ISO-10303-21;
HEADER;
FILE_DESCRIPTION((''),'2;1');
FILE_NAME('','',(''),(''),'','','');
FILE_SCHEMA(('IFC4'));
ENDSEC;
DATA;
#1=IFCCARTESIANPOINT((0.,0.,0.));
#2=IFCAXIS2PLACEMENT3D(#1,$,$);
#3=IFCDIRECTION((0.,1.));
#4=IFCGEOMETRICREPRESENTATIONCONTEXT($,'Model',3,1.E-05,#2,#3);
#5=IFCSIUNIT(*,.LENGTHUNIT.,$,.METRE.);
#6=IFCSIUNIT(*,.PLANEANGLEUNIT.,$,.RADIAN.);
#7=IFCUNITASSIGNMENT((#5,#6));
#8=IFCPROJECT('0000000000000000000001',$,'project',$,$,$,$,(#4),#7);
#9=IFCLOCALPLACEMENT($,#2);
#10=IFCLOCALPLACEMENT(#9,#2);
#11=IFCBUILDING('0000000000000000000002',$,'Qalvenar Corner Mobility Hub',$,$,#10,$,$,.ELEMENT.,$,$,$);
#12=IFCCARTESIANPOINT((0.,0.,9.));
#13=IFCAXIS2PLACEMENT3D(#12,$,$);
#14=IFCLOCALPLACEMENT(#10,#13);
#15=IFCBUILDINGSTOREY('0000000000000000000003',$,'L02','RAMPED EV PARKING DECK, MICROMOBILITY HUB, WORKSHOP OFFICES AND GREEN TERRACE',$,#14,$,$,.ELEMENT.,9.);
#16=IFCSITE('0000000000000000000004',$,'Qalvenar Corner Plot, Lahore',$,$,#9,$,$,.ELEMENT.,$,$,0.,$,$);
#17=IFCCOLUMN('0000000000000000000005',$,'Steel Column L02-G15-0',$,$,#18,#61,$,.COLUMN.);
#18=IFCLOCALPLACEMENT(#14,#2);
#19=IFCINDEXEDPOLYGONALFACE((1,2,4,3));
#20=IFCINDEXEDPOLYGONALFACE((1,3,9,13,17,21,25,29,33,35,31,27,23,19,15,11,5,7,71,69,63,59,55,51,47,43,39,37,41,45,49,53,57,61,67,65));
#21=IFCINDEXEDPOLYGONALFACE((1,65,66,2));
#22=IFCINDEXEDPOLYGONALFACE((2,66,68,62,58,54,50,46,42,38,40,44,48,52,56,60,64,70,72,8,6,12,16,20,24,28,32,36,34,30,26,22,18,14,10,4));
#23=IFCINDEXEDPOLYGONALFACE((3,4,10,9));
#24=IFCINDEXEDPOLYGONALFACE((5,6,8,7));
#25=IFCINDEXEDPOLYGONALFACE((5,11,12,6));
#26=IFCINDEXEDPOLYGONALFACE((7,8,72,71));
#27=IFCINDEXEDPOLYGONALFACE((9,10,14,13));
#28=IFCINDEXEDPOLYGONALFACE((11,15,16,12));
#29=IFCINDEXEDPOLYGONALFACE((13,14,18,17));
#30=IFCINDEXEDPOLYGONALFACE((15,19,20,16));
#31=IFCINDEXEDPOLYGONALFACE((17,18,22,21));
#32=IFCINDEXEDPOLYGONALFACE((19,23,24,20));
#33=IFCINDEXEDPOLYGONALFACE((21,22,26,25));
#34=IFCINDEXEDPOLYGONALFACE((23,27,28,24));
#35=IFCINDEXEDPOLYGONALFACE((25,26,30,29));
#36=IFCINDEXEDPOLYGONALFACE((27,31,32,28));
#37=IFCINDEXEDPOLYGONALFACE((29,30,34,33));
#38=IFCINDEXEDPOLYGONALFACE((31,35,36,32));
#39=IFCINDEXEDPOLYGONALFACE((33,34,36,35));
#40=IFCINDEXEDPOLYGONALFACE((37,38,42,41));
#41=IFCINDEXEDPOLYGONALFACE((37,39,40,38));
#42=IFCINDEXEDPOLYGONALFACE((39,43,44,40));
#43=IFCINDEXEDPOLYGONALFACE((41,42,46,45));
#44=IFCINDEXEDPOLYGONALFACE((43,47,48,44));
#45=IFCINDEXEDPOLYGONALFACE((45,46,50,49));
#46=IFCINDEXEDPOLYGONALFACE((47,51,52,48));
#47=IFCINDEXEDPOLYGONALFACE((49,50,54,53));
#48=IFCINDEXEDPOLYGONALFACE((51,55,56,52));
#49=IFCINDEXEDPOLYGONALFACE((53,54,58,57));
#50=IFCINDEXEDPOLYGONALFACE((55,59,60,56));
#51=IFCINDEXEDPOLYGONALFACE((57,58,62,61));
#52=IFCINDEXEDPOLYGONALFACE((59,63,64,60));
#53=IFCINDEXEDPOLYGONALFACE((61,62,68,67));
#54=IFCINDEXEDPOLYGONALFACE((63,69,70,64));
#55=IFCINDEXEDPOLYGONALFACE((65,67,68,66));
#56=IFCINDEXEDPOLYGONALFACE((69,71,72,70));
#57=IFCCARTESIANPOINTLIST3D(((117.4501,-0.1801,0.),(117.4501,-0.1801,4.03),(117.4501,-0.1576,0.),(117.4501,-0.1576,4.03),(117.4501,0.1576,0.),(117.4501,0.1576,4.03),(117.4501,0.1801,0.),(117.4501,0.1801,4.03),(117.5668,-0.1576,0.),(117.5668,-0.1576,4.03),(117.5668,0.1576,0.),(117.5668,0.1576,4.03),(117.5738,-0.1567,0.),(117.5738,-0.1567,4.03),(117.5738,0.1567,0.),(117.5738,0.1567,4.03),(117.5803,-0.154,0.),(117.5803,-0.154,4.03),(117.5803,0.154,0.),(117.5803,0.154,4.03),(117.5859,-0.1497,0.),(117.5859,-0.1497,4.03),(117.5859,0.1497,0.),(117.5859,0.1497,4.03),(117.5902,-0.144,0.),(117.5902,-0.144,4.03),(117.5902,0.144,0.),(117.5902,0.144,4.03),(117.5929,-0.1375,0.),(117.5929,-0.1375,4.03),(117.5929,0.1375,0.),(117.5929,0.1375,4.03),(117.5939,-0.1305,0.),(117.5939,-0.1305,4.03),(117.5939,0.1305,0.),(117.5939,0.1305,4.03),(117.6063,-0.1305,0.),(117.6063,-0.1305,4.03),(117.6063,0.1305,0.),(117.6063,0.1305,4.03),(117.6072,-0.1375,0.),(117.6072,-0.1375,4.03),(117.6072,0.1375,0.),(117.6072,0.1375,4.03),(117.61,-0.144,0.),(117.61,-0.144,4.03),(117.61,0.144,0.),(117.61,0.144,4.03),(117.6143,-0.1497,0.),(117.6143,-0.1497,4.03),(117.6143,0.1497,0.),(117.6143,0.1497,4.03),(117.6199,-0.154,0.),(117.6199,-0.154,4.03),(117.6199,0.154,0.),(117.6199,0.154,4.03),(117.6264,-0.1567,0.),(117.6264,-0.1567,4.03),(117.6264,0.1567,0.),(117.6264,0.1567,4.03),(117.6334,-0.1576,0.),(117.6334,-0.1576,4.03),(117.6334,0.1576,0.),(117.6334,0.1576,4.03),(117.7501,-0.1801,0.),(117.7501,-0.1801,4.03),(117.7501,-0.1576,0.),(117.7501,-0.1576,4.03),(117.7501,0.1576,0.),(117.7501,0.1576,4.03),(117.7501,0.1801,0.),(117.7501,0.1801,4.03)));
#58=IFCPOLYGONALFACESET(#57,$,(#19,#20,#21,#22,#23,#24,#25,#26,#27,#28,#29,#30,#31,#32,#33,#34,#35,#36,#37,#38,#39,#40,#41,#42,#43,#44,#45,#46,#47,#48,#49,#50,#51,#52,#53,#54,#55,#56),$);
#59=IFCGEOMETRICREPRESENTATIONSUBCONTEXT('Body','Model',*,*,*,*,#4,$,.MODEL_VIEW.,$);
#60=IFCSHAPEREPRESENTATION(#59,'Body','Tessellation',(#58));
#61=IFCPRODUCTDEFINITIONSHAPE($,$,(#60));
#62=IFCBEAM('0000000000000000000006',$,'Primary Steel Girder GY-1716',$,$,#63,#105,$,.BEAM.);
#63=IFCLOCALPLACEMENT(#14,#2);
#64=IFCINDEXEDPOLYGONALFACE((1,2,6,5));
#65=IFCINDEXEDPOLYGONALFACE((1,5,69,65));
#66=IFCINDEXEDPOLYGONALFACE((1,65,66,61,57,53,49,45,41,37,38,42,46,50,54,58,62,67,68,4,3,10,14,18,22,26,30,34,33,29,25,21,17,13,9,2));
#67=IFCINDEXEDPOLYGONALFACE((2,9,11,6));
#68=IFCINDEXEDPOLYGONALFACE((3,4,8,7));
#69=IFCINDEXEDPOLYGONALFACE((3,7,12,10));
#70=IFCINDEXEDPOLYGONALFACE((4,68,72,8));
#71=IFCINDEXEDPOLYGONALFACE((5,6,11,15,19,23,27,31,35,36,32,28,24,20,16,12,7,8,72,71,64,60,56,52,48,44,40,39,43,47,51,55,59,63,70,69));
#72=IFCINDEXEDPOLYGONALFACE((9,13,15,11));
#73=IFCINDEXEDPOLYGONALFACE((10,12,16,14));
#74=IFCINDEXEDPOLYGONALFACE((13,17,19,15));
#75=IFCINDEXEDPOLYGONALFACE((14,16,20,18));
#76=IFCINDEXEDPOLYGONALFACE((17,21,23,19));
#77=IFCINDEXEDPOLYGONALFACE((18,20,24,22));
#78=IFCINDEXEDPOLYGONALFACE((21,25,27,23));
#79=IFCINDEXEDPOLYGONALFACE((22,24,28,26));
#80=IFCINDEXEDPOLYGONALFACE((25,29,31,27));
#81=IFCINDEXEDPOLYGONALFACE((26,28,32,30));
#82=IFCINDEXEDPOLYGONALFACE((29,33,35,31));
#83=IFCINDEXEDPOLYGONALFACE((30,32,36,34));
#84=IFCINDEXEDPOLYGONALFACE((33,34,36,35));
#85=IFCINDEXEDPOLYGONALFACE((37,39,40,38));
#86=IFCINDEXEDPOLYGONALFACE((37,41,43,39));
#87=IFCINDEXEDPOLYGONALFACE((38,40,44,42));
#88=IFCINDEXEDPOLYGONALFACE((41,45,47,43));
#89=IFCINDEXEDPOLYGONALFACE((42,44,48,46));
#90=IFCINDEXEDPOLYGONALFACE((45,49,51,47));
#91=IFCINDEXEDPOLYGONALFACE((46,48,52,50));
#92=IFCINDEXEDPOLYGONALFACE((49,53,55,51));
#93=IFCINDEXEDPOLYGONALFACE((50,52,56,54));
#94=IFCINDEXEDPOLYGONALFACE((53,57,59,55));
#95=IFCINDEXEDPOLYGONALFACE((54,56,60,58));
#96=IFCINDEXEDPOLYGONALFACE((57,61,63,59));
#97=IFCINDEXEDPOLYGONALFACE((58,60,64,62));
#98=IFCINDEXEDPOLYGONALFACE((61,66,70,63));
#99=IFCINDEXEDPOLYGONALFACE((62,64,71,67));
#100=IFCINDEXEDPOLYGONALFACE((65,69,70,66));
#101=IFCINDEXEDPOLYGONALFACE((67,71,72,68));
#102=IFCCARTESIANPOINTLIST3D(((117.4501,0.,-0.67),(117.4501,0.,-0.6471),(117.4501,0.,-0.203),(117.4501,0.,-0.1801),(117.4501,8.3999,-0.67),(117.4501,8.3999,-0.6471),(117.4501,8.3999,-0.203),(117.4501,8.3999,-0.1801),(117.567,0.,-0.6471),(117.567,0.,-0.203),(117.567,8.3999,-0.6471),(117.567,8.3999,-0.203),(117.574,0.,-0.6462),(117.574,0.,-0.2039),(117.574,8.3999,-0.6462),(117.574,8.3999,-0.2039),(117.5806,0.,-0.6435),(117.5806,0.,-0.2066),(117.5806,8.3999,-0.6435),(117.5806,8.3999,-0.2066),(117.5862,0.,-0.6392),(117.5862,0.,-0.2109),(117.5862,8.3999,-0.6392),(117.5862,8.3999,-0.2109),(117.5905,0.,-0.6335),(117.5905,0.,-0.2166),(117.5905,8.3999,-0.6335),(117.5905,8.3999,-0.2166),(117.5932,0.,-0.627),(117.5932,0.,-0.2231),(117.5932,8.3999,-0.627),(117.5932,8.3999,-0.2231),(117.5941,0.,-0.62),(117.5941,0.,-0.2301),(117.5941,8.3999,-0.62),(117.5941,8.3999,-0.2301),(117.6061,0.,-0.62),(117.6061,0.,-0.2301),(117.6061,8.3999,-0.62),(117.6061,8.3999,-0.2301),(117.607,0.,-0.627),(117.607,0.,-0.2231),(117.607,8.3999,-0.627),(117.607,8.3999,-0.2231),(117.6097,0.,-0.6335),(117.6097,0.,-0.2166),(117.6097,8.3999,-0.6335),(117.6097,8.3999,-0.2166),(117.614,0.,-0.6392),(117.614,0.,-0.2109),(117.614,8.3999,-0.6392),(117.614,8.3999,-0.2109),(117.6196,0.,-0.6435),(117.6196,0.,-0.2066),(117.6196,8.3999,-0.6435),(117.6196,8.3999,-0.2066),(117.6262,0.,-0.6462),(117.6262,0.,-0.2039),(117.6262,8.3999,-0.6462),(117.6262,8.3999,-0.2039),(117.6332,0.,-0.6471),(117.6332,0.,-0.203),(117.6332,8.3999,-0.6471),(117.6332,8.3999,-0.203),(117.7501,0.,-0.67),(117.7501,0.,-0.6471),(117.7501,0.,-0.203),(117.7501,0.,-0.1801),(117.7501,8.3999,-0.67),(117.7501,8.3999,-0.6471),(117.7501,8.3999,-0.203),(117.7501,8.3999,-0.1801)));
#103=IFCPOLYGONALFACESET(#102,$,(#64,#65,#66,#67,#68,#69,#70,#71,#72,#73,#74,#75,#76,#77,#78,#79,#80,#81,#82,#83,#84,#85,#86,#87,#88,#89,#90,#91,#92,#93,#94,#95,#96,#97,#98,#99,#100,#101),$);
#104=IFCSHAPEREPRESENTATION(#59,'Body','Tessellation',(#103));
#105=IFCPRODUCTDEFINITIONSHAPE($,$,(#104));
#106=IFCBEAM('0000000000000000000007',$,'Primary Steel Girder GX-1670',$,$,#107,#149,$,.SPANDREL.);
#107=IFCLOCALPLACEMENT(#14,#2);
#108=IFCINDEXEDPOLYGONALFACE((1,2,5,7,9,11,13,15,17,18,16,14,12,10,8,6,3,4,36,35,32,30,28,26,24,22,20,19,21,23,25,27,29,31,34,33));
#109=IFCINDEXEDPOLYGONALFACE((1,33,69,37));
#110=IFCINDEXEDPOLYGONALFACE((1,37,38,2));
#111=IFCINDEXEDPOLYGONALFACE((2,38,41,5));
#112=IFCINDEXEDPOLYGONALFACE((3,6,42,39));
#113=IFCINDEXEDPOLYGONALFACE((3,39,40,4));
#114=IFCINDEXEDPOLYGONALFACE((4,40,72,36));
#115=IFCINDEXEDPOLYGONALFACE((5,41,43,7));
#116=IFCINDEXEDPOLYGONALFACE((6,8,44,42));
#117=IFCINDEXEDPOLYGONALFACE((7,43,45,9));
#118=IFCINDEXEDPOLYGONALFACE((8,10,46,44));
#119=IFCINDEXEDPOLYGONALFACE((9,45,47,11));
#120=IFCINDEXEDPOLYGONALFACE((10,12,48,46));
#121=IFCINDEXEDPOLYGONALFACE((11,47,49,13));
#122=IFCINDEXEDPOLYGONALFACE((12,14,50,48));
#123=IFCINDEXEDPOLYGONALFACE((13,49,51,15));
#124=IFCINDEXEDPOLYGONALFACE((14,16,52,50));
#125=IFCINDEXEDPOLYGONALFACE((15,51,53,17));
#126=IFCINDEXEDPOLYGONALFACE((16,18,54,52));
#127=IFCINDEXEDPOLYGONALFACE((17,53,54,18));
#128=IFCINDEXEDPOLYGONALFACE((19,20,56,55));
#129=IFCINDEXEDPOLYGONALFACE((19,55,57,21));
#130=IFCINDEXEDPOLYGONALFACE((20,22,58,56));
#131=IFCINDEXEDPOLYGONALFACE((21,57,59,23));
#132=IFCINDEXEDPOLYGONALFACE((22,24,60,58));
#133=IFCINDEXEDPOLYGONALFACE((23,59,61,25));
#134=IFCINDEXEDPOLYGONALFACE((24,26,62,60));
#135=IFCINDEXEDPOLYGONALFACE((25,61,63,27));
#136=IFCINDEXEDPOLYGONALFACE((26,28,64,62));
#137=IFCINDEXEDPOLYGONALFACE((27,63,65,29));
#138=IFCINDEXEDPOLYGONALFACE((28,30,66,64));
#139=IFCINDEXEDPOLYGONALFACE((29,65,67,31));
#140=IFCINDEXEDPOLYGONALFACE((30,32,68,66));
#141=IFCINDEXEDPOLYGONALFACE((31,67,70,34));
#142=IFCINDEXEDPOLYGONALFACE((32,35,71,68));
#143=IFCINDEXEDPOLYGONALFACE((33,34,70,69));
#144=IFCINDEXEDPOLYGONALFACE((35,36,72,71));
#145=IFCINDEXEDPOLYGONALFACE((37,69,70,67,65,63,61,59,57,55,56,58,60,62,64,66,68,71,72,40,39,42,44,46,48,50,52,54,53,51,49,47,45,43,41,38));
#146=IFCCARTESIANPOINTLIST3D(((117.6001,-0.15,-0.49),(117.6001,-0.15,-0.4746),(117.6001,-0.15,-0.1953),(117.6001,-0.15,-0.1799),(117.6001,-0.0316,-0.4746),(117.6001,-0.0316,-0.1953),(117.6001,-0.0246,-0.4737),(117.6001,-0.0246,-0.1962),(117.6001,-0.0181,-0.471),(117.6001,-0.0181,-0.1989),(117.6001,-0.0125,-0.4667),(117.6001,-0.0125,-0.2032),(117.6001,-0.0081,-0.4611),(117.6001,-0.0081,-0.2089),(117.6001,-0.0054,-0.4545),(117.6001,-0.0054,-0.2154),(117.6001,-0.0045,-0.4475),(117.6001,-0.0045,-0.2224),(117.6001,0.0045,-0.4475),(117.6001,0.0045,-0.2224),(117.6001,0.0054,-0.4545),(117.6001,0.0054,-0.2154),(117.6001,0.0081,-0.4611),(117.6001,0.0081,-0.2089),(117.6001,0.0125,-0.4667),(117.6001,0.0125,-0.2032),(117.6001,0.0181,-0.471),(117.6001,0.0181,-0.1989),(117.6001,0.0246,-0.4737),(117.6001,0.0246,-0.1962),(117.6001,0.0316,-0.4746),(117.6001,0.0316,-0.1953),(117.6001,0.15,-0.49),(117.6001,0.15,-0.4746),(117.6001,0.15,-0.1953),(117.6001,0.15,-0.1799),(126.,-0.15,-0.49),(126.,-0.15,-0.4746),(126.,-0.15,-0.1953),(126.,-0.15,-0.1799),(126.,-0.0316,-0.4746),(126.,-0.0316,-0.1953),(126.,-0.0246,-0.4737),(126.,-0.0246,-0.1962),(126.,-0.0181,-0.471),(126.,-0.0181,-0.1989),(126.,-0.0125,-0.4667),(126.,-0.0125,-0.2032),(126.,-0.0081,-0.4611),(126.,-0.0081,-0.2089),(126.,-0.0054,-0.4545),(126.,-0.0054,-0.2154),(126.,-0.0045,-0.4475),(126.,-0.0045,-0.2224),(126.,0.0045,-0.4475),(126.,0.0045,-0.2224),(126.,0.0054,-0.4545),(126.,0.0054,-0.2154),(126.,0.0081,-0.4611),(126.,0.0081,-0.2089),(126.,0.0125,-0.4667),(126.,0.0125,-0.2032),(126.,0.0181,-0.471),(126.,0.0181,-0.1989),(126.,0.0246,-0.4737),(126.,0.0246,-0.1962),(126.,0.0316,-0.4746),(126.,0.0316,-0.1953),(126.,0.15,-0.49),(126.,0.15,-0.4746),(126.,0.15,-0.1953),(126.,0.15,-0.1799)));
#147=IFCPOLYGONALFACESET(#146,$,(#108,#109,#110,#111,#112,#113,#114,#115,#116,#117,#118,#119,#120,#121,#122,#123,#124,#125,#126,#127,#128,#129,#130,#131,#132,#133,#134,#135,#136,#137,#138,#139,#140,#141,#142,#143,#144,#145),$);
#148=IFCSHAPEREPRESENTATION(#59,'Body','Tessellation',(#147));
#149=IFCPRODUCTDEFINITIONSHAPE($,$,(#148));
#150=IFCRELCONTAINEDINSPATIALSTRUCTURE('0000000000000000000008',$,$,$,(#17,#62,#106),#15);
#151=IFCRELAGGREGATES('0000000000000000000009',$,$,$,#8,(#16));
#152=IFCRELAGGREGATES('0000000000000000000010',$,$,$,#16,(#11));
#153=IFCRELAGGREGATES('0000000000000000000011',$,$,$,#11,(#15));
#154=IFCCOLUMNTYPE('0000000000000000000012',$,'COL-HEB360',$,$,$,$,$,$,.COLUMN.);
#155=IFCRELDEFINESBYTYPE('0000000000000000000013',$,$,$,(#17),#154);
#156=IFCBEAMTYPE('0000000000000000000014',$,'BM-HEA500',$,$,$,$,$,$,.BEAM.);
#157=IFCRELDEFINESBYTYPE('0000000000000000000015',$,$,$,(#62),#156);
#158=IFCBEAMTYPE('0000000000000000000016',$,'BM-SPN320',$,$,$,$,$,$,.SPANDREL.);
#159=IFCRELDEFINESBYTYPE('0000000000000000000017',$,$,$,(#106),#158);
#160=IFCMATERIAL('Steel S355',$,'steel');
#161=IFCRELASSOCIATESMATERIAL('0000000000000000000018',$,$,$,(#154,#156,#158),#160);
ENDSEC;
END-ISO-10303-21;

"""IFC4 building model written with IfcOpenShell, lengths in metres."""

from ifc_helpers import new_model, si_unit, direction, frame, origin, origin_2d, place, context, subcontext, project, spatial, i_section, extrude, material, material_profile, profile_set, type_object, element, save


model = new_model("IFC4")

# Units and contexts
model_context = context("Model", 3, precision=1e-05, world=origin(), true_north=direction((0.0, 1.0)))
body_context = subcontext(model_context, "Body", "Model", "MODEL_VIEW")
ifc_project = project(units=[si_unit("LENGTHUNIT", "METRE"), si_unit("PLANEANGLEUNIT", "RADIAN")], contexts=[model_context])

# Site, building, storey
site_placement = place(None, origin())
site = spatial("IfcSite", under=ifc_project, at=site_placement, Name="Qalvenar Corner Plot, Lahore", CompositionType="ELEMENT", RefElevation=0.0)
building_placement = place(site_placement, origin())
building = spatial("IfcBuilding", under=site, at=building_placement, Name="Qalvenar Corner Mobility Hub", CompositionType="ELEMENT")
storey_placement = place(building_placement, frame((0.0, 0.0, 9.0)))
storey = spatial("IfcBuildingStorey", under=building, at=storey_placement, Name="L02", Description="RAMPED EV PARKING DECK, MICROMOBILITY HUB, WORKSHOP OFFICES AND GREEN TERRACE", CompositionType="ELEMENT", Elevation=9.0)

# Column
ifc_material_1 = material(Name="Steel S355", Category="steel")
ifc_material_profile_1 = material_profile(ifc_material_1, i_section(OverallWidth=0.3, OverallDepth=0.3601, WebThickness=0.0125, FlangeThickness=0.0225, FilletRadius=0.0271, at=origin_2d()), Name="HEB360")
ifc_profile_set_1 = profile_set([ifc_material_profile_1], Name="Steel S355")
column_type = type_object("IfcColumnType", Name="COL-HEB360", PredefinedType="COLUMN", material=ifc_profile_set_1)
column_placement = place(storey_placement, frame((117.6001, 0.0, 0.0), z_axis=(0.0, 0.0, 1.0), x_axis=(1.0, 0.0, 0.0)))
element("IfcColumn", 1, at=column_placement, inside=storey, type_object=column_type, Name="Steel Column L02-G15-0", PredefinedType="COLUMN", context=body_context, shape_type="SweptSolid", body=[
    extrude(i_section(OverallWidth=0.3, OverallDepth=0.3601, WebThickness=0.0125, FlangeThickness=0.0225, FilletRadius=0.0271, at=origin_2d()), origin(), (0.0, 0.0, 1.0), 4.03),
])

# Beams
ifc_material_profile_2 = material_profile(ifc_material_1, i_section(OverallWidth=0.3, OverallDepth=0.49, WebThickness=0.012, FlangeThickness=0.0229, FilletRadius=0.0271, at=origin_2d()), Name="HEA500")
ifc_profile_set_2 = profile_set([ifc_material_profile_2], Name="Steel S355")
beam_type_1 = type_object("IfcBeamType", Name="BM-HEA500", PredefinedType="BEAM", material=ifc_profile_set_2)
beam_1_placement = place(storey_placement, frame((117.6001, 0.0, -0.425), z_axis=(0.0, 1.0, 0.0), x_axis=(-1.0, 0.0, 0.0)))
element("IfcBeam", 2, at=beam_1_placement, inside=storey, type_object=beam_type_1, Name="Primary Steel Girder GY-1716", PredefinedType="BEAM", context=body_context, shape_type="SweptSolid", body=[
    extrude(i_section(OverallWidth=0.3, OverallDepth=0.49, WebThickness=0.012, FlangeThickness=0.0229, FilletRadius=0.0271, at=origin_2d()), origin(), (0.0, 0.0, 1.0), 8.3999),
])
ifc_material_profile_3 = material_profile(ifc_material_1, i_section(OverallWidth=0.3, OverallDepth=0.3101, WebThickness=0.009, FlangeThickness=0.0154, FilletRadius=0.0271, at=origin_2d()), Name="HEA320")
ifc_profile_set_3 = profile_set([ifc_material_profile_3], Name="Steel S355")
beam_type_2 = type_object("IfcBeamType", Name="BM-SPN320", PredefinedType="SPANDREL", material=ifc_profile_set_3)
beam_2_placement = place(storey_placement, frame((117.6001, 0.0, -0.335), z_axis=(1.0, 0.0, 0.0), x_axis=(0.0, 1.0, 0.0)))
element("IfcBeam", 3, at=beam_2_placement, inside=storey, type_object=beam_type_2, Name="Primary Steel Girder GX-1670", PredefinedType="SPANDREL", context=body_context, shape_type="SweptSolid", body=[
    extrude(i_section(OverallWidth=0.3, OverallDepth=0.3101, WebThickness=0.009, FlangeThickness=0.0154, FilletRadius=0.0271, at=origin_2d()), origin(), (0.0, 0.0, 1.0), 8.3999),
])

save(model, "model.ifc")
